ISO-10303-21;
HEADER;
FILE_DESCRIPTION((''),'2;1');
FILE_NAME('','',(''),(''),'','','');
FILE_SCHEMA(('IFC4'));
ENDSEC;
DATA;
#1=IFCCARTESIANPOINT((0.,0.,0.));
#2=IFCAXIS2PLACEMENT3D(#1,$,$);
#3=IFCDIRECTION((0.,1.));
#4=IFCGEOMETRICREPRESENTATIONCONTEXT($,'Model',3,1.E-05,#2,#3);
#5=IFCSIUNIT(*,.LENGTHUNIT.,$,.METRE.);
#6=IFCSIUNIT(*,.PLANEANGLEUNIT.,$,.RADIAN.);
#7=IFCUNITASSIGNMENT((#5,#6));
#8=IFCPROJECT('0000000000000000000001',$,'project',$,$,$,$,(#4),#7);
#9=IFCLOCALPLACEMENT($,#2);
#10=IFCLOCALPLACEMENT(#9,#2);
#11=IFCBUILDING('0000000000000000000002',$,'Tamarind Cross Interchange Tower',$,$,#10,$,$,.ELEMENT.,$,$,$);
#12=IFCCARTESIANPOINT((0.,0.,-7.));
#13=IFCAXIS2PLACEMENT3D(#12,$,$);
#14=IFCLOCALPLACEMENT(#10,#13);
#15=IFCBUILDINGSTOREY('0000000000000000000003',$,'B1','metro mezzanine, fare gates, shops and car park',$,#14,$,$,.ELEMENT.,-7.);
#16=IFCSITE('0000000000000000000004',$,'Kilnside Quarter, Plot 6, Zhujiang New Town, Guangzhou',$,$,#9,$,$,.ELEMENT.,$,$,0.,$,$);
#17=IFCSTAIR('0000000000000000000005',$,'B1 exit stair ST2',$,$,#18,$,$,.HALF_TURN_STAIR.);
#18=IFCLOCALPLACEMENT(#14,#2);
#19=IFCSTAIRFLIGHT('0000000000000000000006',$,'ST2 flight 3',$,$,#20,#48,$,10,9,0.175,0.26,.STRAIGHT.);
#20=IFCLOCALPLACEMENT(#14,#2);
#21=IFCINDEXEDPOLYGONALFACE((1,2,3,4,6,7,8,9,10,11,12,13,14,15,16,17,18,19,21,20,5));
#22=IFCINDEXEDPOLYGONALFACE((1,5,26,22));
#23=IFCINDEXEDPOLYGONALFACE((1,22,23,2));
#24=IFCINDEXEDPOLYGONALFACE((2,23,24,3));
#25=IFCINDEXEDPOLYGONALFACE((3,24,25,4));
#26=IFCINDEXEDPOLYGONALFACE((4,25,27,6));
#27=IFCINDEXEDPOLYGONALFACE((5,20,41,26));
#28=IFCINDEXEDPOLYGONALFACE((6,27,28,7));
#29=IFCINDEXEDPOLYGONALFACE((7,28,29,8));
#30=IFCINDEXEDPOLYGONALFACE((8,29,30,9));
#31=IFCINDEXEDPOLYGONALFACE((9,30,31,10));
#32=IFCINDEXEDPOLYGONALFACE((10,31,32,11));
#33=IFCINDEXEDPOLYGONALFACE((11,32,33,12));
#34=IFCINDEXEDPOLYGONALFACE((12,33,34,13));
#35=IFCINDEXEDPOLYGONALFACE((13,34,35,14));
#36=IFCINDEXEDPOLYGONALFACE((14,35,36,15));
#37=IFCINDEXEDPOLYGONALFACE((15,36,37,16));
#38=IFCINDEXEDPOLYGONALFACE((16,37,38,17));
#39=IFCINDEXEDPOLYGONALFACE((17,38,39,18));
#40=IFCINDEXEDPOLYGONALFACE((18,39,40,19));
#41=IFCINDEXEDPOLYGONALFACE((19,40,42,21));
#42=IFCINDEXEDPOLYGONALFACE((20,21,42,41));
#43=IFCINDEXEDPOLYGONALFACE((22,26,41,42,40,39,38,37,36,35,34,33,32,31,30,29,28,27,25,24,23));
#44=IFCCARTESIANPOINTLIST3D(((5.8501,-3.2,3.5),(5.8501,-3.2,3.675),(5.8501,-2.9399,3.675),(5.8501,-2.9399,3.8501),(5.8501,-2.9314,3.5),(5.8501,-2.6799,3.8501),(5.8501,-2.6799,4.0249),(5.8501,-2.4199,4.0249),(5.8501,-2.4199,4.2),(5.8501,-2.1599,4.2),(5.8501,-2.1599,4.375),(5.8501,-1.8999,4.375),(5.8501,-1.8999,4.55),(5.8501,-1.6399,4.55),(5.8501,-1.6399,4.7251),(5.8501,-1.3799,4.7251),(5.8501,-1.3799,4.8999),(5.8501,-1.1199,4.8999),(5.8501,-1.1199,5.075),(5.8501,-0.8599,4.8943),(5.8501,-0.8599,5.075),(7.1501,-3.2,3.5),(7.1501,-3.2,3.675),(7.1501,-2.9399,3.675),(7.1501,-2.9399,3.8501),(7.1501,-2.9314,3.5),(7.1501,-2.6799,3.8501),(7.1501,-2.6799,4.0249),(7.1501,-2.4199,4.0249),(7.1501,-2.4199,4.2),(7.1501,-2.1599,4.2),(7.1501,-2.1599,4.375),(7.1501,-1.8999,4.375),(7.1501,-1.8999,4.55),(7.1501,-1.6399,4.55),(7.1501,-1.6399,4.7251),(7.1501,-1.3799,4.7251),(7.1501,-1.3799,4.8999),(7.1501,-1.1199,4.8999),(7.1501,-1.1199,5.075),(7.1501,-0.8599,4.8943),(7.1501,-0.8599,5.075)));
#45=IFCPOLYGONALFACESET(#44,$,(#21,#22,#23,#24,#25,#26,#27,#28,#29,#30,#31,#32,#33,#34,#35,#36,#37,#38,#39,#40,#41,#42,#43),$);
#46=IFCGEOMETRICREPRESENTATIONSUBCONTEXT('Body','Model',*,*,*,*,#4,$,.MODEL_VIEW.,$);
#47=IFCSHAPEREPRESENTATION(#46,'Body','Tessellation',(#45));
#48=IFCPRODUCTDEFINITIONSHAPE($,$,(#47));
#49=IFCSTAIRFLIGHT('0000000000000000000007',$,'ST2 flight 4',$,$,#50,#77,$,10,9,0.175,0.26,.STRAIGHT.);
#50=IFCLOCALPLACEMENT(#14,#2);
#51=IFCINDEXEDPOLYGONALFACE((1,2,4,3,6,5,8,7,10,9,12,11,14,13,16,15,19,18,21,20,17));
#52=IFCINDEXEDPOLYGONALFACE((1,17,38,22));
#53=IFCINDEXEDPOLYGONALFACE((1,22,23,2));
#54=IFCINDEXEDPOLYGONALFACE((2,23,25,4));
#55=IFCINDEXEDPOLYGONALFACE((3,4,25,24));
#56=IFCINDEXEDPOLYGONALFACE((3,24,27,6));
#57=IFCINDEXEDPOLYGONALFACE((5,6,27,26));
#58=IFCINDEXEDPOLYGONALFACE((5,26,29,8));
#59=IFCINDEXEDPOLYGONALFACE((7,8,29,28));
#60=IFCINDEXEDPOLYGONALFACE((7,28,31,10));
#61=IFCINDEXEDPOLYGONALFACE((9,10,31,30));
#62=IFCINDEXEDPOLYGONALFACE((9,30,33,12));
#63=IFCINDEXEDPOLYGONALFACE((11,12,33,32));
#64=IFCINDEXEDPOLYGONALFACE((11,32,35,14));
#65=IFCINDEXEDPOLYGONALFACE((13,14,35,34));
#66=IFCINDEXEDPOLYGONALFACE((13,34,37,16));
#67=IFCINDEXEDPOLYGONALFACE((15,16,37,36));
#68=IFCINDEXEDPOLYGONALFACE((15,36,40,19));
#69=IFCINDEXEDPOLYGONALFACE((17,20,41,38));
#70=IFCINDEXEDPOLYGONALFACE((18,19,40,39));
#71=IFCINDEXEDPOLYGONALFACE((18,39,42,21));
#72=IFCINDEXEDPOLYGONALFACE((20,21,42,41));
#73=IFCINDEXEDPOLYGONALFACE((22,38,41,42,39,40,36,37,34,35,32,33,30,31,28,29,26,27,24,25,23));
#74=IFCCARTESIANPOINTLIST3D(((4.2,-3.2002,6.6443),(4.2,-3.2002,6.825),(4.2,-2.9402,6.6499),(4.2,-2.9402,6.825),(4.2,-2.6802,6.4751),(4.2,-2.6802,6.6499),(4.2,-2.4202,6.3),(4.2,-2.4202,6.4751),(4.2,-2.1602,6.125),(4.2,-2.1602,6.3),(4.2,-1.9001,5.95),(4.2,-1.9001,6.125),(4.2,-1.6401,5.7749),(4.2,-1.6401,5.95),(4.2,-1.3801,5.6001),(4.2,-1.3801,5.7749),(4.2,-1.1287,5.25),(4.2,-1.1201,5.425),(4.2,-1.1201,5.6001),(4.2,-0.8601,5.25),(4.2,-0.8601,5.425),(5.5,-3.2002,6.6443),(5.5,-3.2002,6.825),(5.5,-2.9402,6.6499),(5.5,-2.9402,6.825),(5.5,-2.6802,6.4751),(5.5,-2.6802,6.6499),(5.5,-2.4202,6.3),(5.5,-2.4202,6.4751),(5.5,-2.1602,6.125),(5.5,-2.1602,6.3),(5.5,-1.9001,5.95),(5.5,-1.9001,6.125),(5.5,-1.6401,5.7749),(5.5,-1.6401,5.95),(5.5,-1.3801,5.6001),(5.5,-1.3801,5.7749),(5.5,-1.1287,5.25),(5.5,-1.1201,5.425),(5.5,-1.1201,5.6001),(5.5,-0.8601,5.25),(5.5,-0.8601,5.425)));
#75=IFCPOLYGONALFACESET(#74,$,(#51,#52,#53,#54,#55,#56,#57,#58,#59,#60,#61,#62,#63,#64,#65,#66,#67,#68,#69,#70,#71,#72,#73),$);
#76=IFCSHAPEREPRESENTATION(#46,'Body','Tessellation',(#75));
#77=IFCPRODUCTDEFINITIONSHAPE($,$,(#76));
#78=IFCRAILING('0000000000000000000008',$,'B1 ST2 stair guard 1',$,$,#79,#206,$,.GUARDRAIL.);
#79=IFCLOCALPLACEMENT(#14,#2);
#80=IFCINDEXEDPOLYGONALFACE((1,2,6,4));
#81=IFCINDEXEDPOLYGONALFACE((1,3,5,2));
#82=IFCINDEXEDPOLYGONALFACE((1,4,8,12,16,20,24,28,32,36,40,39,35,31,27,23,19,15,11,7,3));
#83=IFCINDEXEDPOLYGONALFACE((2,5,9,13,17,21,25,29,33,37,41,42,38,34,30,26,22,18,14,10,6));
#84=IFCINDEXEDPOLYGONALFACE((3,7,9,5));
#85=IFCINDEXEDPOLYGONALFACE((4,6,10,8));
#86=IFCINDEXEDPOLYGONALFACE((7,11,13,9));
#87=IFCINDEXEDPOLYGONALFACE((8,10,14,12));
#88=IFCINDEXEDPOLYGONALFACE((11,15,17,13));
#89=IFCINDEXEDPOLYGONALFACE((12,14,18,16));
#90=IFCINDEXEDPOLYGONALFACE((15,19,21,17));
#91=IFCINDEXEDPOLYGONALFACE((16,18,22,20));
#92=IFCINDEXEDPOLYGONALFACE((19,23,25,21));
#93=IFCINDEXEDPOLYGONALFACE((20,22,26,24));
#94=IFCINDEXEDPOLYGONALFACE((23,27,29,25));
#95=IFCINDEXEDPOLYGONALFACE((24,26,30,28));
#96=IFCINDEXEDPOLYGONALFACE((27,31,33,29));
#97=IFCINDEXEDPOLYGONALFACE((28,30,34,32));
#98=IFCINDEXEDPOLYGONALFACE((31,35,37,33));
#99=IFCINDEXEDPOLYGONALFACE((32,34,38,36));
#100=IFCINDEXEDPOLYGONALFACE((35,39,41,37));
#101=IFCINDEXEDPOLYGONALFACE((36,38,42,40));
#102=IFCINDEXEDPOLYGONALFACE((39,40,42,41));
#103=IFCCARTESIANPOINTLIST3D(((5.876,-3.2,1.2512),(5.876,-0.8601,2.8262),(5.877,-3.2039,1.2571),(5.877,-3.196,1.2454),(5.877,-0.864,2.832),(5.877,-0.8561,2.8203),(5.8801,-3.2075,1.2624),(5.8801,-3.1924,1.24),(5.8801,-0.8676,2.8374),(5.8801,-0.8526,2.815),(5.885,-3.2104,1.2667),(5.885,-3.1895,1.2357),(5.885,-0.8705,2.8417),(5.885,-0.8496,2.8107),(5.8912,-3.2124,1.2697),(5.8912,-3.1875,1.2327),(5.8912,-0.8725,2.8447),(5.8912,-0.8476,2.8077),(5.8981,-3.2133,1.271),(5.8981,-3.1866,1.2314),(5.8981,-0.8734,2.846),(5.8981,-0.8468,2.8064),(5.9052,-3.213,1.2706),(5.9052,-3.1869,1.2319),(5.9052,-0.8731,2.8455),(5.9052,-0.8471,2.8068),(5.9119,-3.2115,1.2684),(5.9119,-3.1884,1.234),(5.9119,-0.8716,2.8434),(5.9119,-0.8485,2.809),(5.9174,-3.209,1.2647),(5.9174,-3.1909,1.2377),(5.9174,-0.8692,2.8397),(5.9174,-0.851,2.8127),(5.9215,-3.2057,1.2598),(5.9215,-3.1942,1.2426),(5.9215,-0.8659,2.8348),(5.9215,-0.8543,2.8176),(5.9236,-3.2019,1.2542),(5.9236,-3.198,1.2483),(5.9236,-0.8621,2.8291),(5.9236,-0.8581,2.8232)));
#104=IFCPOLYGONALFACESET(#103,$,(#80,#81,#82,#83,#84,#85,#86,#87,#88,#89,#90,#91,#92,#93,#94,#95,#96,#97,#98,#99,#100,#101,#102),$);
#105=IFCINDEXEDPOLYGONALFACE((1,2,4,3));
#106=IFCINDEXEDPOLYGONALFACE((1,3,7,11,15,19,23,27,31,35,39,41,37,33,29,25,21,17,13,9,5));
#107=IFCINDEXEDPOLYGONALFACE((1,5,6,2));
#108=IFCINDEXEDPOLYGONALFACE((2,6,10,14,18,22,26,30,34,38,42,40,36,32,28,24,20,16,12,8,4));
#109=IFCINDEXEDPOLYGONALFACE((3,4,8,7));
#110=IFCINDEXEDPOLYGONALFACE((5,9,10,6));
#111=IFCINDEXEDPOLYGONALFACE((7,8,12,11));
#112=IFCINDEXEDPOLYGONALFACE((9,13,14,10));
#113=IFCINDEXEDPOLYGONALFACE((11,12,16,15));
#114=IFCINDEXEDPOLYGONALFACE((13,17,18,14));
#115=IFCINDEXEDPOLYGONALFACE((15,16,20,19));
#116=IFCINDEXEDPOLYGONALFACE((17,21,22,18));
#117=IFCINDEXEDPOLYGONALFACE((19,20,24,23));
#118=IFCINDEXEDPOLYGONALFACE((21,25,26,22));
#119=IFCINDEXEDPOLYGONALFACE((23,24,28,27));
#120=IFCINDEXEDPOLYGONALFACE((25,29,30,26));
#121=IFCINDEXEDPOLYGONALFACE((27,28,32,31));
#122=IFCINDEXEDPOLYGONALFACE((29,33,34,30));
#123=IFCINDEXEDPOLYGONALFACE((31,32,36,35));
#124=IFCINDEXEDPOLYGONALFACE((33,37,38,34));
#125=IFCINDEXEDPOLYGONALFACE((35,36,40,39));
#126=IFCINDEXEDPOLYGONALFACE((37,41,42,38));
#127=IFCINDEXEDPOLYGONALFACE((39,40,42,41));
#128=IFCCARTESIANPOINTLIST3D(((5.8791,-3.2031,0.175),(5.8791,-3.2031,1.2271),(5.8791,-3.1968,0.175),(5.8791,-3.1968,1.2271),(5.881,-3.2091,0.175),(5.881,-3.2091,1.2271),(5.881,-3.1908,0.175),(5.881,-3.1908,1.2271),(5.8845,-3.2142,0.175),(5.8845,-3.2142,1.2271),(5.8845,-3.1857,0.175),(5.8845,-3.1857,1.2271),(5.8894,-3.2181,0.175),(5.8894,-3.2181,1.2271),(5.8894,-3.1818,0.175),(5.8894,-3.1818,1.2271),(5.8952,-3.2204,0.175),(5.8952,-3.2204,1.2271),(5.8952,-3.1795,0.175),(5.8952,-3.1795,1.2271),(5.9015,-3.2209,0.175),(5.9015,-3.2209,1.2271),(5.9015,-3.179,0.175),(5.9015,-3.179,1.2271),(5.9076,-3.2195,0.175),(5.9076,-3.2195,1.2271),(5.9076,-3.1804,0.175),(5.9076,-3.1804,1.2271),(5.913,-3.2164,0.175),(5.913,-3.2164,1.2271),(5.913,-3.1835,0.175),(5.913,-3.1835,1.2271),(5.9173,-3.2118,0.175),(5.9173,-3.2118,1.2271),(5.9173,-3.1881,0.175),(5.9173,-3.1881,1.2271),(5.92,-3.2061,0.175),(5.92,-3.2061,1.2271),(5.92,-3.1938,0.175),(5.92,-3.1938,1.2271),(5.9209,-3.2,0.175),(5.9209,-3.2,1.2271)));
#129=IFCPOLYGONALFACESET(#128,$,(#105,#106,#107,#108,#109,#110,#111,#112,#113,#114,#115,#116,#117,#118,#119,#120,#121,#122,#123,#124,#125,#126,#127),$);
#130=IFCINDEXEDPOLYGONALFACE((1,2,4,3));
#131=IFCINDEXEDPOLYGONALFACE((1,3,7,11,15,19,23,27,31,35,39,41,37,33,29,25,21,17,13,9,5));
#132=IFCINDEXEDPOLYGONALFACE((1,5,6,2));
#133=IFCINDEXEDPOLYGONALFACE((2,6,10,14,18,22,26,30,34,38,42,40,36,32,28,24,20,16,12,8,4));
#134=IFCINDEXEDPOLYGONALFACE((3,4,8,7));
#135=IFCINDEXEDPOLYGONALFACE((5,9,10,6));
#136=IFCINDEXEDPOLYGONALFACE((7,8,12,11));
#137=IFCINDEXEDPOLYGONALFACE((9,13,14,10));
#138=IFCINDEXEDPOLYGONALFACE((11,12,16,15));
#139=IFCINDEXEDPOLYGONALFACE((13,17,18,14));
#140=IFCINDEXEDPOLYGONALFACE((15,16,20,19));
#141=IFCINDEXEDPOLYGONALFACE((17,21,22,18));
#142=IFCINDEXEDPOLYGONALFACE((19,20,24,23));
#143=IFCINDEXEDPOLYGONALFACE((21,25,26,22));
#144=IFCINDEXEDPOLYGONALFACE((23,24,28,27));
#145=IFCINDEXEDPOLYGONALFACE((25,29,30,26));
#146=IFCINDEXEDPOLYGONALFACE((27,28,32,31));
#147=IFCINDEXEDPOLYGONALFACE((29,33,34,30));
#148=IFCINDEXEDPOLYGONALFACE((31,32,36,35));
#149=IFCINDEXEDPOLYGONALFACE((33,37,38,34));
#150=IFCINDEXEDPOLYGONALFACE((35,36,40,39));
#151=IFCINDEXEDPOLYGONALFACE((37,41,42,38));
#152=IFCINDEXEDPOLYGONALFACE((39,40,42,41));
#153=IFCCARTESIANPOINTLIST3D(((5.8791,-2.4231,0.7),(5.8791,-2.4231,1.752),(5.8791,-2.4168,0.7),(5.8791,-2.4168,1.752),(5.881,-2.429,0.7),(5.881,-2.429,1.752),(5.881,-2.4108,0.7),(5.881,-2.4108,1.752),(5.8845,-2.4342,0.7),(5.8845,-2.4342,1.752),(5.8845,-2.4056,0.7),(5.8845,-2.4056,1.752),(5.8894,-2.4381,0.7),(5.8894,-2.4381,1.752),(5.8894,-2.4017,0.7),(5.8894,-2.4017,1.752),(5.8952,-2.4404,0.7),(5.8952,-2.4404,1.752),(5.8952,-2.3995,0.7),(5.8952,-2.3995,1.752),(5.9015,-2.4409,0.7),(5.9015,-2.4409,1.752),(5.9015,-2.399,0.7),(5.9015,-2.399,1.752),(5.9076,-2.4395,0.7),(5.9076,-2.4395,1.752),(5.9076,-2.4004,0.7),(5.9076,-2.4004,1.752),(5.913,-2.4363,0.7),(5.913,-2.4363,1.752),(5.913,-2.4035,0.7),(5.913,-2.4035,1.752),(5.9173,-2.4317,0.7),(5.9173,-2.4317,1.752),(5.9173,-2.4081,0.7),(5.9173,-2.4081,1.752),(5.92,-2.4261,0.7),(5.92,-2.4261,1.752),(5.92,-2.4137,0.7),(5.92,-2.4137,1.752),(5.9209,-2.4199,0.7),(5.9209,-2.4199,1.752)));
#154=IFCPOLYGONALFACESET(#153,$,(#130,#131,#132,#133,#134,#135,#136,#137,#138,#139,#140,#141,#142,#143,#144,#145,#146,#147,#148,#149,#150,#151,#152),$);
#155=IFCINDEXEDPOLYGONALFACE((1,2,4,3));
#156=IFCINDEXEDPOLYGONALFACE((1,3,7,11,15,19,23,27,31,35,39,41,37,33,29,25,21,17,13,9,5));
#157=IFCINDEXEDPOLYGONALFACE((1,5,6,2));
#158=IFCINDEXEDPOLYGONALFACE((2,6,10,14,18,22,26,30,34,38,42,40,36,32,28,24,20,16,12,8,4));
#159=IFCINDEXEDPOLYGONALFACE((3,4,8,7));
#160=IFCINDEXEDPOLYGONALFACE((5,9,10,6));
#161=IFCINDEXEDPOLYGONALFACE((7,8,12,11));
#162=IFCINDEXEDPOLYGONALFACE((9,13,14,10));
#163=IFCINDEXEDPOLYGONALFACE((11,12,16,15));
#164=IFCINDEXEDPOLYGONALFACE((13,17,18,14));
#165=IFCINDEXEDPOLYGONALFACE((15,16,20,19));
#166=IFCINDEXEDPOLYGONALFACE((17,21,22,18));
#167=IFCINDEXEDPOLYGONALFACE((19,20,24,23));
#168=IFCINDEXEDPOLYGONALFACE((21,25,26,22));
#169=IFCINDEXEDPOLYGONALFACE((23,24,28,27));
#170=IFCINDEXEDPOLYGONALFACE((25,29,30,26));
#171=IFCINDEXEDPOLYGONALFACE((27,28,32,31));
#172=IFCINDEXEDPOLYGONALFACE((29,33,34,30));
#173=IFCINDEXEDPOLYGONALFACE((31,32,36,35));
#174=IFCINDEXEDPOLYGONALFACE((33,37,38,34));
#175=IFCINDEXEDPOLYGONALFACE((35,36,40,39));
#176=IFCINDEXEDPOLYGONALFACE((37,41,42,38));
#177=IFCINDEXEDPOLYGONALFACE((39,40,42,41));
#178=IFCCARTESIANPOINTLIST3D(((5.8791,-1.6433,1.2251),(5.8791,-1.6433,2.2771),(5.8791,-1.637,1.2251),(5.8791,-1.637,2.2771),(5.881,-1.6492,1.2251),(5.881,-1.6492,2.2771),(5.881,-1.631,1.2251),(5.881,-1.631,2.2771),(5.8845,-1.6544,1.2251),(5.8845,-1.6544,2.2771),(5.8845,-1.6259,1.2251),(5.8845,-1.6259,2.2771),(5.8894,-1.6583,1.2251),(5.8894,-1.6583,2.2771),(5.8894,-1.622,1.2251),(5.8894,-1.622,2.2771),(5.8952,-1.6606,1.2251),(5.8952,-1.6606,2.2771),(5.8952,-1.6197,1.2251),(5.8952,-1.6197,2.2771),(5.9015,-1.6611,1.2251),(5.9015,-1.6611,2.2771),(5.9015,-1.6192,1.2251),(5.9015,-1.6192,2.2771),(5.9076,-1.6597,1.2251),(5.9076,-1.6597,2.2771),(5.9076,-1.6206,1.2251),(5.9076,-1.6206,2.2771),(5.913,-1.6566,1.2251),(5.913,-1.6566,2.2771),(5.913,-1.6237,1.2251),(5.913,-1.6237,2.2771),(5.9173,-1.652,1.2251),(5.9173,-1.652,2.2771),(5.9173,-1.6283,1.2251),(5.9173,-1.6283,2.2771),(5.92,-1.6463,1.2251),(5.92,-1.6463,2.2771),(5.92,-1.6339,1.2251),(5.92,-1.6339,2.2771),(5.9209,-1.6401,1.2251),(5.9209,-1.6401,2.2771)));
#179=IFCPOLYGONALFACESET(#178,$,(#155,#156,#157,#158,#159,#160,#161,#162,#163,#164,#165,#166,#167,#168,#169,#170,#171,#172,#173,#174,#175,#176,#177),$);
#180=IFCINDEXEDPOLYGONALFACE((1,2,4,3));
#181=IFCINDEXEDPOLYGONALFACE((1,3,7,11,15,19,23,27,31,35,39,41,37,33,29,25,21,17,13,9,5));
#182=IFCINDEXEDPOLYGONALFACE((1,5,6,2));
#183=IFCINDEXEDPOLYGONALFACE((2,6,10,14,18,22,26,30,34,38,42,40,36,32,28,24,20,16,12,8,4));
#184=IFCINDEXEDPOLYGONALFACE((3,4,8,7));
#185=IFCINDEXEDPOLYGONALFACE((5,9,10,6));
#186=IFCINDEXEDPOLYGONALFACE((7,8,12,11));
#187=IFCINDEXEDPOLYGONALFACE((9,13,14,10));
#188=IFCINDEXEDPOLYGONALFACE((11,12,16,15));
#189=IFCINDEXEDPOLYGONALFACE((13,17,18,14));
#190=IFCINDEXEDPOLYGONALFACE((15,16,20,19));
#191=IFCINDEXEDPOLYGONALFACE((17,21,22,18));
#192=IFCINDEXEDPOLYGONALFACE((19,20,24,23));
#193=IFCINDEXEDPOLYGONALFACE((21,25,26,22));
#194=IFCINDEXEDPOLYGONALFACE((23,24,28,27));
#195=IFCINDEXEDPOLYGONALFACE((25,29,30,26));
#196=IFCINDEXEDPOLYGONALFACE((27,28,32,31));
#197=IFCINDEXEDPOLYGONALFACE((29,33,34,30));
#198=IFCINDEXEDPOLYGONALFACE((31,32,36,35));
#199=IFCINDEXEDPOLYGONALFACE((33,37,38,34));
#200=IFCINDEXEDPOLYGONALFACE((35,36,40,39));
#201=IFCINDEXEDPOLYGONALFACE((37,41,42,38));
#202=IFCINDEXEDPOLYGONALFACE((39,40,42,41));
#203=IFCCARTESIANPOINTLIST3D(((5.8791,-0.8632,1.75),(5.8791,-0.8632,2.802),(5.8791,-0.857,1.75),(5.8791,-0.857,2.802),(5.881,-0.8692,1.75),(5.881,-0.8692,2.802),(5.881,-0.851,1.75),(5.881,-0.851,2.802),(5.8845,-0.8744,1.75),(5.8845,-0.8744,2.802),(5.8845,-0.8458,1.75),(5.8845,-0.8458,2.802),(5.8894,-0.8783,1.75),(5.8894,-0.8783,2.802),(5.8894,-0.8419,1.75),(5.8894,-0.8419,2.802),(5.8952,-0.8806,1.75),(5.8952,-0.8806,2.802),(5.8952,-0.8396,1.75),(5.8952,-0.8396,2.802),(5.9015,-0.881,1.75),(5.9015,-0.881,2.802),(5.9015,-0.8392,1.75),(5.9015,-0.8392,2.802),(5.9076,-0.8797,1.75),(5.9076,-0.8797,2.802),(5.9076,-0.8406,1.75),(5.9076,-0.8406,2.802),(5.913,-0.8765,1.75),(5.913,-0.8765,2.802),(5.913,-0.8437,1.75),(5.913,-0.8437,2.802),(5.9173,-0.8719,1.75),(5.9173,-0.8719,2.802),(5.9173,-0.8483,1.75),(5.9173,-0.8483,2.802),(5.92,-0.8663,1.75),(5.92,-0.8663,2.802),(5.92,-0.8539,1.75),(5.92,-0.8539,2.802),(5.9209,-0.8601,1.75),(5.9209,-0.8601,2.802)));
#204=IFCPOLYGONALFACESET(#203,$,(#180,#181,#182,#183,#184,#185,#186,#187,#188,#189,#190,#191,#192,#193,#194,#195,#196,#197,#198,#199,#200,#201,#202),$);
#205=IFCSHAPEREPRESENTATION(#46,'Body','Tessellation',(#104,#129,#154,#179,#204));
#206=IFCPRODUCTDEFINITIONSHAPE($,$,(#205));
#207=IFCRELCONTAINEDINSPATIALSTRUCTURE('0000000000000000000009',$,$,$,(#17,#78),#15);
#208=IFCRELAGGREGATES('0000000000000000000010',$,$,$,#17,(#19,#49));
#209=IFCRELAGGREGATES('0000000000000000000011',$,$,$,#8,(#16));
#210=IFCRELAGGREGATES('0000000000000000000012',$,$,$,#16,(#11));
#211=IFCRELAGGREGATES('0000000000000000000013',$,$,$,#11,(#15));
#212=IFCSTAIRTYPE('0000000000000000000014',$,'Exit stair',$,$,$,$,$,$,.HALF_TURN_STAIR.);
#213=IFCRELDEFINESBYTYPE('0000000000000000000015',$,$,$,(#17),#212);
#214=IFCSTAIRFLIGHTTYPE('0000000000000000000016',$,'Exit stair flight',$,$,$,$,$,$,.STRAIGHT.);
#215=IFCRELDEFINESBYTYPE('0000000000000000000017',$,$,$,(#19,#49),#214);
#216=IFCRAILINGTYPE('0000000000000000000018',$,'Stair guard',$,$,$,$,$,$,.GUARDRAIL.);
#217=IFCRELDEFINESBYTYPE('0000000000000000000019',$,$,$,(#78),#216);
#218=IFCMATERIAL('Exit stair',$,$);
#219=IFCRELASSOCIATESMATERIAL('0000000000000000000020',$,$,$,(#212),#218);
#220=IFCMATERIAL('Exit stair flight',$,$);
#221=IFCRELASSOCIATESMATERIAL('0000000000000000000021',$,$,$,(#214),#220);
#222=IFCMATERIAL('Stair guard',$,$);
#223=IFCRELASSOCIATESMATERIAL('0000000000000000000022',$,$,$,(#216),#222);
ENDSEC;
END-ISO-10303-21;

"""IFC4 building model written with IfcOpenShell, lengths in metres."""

from ifc_helpers import new_model, si_unit, direction, frame, origin, origin_2d, place, context, subcontext, project, spatial, polyline, circle, outline, extrude, material, type_object, element, aggregate, save


model = new_model("IFC4")

# Units and contexts
model_context = context("Model", 3, precision=1e-05, world=origin(), true_north=direction((0.0, 1.0)))
body_context = subcontext(model_context, "Body", "Model", "MODEL_VIEW")
ifc_project = project(units=[si_unit("LENGTHUNIT", "METRE"), si_unit("PLANEANGLEUNIT", "RADIAN")], contexts=[model_context])

# Site, building, storey
site_placement = place(None, origin())
site = spatial("IfcSite", under=ifc_project, at=site_placement, Name="Kilnside Quarter, Plot 6, Zhujiang New Town, Guangzhou", CompositionType="ELEMENT", RefElevation=0.0)
building_placement = place(site_placement, origin())
building = spatial("IfcBuilding", under=site, at=building_placement, Name="Tamarind Cross Interchange Tower", CompositionType="ELEMENT")
storey_placement = place(building_placement, frame((0.0, 0.0, -7.0)))
storey = spatial("IfcBuildingStorey", under=building, at=storey_placement, Name="B1", Description="metro mezzanine, fare gates, shops and car park", CompositionType="ELEMENT", Elevation=-7.0)

# Stair, stair flights
ifc_material_1 = material(Name="Exit stair")
stair_type_1 = type_object("IfcStairType", Name="Exit stair", PredefinedType="HALF_TURN_STAIR", material=ifc_material_1)
stair_1_placement = place(storey_placement, origin())
stair_1 = element("IfcStair", 1, at=stair_1_placement, inside=storey, type_object=stair_type_1, Name="B1 exit stair ST2", PredefinedType="HALF_TURN_STAIR")
ifc_material_2 = material(Name="Exit stair flight")
stair_flight_type = type_object("IfcStairFlightType", Name="Exit stair flight", PredefinedType="STRAIGHT", material=ifc_material_2)
stair_flight_1_placement = place(storey_placement, frame((6.5, -3.2, 3.5), z_axis=(0.0, 0.0, 1.0), x_axis=(0.0, 1.0, 0.0)))
stair_flight_1 = element("IfcStairFlight", 2, at=stair_flight_1_placement, type_object=stair_flight_type, Name="ST2 flight 3", NumberOfRisers=10, NumberOfTreads=9, PredefinedType="STRAIGHT", RiserHeight=0.175, TreadLength=0.26, context=body_context, shape_type="SweptSolid", body=[
    extrude(outline(polyline([(0.0, 0.0), (0.0, 0.175), (0.26, 0.175), (0.26, 0.3501), (0.52, 0.3501), (0.52, 0.5249), (0.78, 0.5249), (0.78, 0.7), (1.04, 0.7), (1.04, 0.875), (1.3, 0.875), (1.3, 1.05), (1.5601, 1.05), (1.5601, 1.2251), (1.8201, 1.2251), (1.8201, 1.3999), (2.0801, 1.3999), (2.0801, 1.575), (2.3401, 1.575), (2.3401, 1.75), (2.3401, 1.3943), (0.2686, 0.0), (0.0, 0.0)])), frame((0.0, 0.6499, 0.0), z_axis=(0.0, -1.0, 0.0), x_axis=(1.0, 0.0, 0.0)), (0.0, 0.0, 1.0), 1.3),
])
stair_flight_2_placement = place(storey_placement, frame((4.8501, -0.8601, 5.25), z_axis=(0.0, 0.0, 1.0), x_axis=(0.0, -1.0, 0.0)))
stair_flight_2 = element("IfcStairFlight", 3, at=stair_flight_2_placement, type_object=stair_flight_type, Name="ST2 flight 4", NumberOfRisers=10, NumberOfTreads=9, PredefinedType="STRAIGHT", RiserHeight=0.175, TreadLength=0.26, context=body_context, shape_type="SweptSolid", body=[
    extrude(outline(polyline([(0.0, 0.0), (0.0, 0.175), (0.26, 0.175), (0.26, 0.3501), (0.52, 0.3501), (0.52, 0.5249), (0.78, 0.5249), (0.78, 0.7), (1.04, 0.7), (1.04, 0.875), (1.3, 0.875), (1.3, 1.05), (1.5601, 1.05), (1.5601, 1.2251), (1.8201, 1.2251), (1.8201, 1.3999), (2.0801, 1.3999), (2.0801, 1.575), (2.3401, 1.575), (2.3401, 1.75), (2.3401, 1.3943), (0.2686, 0.0), (0.0, 0.0)])), frame((0.0, 0.6499, 0.0), z_axis=(0.0, -1.0, 0.0), x_axis=(1.0, 0.0, 0.0)), (0.0, 0.0, 1.0), 1.3),
])
aggregate(stair_1, [stair_flight_1, stair_flight_2])

# Railing
ifc_material_3 = material(Name="Stair guard")
railing_type_1 = type_object("IfcRailingType", Name="Stair guard", PredefinedType="GUARDRAIL", material=ifc_material_3)
railing_1_placement = place(storey_placement, frame((5.8999, -3.2, 0.175)))
element("IfcRailing", 4, at=railing_1_placement, inside=storey, type_object=railing_type_1, Name="B1 ST2 stair guard 1", PredefinedType="GUARDRAIL", context=body_context, shape_type="SweptSolid", body=[
    extrude(circle(Radius=0.0239, at=origin_2d()), frame((0.0, 0.0, 1.0762), z_axis=(0.0, 0.829578, 0.55839), x_axis=(-1.0, 0.0, 0.0)), (0.0, 0.0, 1.0), 2.8206),
    extrude(circle(Radius=0.021, at=origin_2d()), origin(), (0.0, 0.0, 1.0), 1.052),
    extrude(circle(Radius=0.021, at=origin_2d()), frame((0.0, 0.78, 0.5249)), (0.0, 0.0, 1.0), 1.052),
    extrude(circle(Radius=0.021, at=origin_2d()), frame((0.0, 1.5598, 1.05)), (0.0, 0.0, 1.0), 1.052),
    extrude(circle(Radius=0.021, at=origin_2d()), frame((0.0, 2.3398, 1.575)), (0.0, 0.0, 1.0), 1.052),
])

save(model, "model.ifc")
